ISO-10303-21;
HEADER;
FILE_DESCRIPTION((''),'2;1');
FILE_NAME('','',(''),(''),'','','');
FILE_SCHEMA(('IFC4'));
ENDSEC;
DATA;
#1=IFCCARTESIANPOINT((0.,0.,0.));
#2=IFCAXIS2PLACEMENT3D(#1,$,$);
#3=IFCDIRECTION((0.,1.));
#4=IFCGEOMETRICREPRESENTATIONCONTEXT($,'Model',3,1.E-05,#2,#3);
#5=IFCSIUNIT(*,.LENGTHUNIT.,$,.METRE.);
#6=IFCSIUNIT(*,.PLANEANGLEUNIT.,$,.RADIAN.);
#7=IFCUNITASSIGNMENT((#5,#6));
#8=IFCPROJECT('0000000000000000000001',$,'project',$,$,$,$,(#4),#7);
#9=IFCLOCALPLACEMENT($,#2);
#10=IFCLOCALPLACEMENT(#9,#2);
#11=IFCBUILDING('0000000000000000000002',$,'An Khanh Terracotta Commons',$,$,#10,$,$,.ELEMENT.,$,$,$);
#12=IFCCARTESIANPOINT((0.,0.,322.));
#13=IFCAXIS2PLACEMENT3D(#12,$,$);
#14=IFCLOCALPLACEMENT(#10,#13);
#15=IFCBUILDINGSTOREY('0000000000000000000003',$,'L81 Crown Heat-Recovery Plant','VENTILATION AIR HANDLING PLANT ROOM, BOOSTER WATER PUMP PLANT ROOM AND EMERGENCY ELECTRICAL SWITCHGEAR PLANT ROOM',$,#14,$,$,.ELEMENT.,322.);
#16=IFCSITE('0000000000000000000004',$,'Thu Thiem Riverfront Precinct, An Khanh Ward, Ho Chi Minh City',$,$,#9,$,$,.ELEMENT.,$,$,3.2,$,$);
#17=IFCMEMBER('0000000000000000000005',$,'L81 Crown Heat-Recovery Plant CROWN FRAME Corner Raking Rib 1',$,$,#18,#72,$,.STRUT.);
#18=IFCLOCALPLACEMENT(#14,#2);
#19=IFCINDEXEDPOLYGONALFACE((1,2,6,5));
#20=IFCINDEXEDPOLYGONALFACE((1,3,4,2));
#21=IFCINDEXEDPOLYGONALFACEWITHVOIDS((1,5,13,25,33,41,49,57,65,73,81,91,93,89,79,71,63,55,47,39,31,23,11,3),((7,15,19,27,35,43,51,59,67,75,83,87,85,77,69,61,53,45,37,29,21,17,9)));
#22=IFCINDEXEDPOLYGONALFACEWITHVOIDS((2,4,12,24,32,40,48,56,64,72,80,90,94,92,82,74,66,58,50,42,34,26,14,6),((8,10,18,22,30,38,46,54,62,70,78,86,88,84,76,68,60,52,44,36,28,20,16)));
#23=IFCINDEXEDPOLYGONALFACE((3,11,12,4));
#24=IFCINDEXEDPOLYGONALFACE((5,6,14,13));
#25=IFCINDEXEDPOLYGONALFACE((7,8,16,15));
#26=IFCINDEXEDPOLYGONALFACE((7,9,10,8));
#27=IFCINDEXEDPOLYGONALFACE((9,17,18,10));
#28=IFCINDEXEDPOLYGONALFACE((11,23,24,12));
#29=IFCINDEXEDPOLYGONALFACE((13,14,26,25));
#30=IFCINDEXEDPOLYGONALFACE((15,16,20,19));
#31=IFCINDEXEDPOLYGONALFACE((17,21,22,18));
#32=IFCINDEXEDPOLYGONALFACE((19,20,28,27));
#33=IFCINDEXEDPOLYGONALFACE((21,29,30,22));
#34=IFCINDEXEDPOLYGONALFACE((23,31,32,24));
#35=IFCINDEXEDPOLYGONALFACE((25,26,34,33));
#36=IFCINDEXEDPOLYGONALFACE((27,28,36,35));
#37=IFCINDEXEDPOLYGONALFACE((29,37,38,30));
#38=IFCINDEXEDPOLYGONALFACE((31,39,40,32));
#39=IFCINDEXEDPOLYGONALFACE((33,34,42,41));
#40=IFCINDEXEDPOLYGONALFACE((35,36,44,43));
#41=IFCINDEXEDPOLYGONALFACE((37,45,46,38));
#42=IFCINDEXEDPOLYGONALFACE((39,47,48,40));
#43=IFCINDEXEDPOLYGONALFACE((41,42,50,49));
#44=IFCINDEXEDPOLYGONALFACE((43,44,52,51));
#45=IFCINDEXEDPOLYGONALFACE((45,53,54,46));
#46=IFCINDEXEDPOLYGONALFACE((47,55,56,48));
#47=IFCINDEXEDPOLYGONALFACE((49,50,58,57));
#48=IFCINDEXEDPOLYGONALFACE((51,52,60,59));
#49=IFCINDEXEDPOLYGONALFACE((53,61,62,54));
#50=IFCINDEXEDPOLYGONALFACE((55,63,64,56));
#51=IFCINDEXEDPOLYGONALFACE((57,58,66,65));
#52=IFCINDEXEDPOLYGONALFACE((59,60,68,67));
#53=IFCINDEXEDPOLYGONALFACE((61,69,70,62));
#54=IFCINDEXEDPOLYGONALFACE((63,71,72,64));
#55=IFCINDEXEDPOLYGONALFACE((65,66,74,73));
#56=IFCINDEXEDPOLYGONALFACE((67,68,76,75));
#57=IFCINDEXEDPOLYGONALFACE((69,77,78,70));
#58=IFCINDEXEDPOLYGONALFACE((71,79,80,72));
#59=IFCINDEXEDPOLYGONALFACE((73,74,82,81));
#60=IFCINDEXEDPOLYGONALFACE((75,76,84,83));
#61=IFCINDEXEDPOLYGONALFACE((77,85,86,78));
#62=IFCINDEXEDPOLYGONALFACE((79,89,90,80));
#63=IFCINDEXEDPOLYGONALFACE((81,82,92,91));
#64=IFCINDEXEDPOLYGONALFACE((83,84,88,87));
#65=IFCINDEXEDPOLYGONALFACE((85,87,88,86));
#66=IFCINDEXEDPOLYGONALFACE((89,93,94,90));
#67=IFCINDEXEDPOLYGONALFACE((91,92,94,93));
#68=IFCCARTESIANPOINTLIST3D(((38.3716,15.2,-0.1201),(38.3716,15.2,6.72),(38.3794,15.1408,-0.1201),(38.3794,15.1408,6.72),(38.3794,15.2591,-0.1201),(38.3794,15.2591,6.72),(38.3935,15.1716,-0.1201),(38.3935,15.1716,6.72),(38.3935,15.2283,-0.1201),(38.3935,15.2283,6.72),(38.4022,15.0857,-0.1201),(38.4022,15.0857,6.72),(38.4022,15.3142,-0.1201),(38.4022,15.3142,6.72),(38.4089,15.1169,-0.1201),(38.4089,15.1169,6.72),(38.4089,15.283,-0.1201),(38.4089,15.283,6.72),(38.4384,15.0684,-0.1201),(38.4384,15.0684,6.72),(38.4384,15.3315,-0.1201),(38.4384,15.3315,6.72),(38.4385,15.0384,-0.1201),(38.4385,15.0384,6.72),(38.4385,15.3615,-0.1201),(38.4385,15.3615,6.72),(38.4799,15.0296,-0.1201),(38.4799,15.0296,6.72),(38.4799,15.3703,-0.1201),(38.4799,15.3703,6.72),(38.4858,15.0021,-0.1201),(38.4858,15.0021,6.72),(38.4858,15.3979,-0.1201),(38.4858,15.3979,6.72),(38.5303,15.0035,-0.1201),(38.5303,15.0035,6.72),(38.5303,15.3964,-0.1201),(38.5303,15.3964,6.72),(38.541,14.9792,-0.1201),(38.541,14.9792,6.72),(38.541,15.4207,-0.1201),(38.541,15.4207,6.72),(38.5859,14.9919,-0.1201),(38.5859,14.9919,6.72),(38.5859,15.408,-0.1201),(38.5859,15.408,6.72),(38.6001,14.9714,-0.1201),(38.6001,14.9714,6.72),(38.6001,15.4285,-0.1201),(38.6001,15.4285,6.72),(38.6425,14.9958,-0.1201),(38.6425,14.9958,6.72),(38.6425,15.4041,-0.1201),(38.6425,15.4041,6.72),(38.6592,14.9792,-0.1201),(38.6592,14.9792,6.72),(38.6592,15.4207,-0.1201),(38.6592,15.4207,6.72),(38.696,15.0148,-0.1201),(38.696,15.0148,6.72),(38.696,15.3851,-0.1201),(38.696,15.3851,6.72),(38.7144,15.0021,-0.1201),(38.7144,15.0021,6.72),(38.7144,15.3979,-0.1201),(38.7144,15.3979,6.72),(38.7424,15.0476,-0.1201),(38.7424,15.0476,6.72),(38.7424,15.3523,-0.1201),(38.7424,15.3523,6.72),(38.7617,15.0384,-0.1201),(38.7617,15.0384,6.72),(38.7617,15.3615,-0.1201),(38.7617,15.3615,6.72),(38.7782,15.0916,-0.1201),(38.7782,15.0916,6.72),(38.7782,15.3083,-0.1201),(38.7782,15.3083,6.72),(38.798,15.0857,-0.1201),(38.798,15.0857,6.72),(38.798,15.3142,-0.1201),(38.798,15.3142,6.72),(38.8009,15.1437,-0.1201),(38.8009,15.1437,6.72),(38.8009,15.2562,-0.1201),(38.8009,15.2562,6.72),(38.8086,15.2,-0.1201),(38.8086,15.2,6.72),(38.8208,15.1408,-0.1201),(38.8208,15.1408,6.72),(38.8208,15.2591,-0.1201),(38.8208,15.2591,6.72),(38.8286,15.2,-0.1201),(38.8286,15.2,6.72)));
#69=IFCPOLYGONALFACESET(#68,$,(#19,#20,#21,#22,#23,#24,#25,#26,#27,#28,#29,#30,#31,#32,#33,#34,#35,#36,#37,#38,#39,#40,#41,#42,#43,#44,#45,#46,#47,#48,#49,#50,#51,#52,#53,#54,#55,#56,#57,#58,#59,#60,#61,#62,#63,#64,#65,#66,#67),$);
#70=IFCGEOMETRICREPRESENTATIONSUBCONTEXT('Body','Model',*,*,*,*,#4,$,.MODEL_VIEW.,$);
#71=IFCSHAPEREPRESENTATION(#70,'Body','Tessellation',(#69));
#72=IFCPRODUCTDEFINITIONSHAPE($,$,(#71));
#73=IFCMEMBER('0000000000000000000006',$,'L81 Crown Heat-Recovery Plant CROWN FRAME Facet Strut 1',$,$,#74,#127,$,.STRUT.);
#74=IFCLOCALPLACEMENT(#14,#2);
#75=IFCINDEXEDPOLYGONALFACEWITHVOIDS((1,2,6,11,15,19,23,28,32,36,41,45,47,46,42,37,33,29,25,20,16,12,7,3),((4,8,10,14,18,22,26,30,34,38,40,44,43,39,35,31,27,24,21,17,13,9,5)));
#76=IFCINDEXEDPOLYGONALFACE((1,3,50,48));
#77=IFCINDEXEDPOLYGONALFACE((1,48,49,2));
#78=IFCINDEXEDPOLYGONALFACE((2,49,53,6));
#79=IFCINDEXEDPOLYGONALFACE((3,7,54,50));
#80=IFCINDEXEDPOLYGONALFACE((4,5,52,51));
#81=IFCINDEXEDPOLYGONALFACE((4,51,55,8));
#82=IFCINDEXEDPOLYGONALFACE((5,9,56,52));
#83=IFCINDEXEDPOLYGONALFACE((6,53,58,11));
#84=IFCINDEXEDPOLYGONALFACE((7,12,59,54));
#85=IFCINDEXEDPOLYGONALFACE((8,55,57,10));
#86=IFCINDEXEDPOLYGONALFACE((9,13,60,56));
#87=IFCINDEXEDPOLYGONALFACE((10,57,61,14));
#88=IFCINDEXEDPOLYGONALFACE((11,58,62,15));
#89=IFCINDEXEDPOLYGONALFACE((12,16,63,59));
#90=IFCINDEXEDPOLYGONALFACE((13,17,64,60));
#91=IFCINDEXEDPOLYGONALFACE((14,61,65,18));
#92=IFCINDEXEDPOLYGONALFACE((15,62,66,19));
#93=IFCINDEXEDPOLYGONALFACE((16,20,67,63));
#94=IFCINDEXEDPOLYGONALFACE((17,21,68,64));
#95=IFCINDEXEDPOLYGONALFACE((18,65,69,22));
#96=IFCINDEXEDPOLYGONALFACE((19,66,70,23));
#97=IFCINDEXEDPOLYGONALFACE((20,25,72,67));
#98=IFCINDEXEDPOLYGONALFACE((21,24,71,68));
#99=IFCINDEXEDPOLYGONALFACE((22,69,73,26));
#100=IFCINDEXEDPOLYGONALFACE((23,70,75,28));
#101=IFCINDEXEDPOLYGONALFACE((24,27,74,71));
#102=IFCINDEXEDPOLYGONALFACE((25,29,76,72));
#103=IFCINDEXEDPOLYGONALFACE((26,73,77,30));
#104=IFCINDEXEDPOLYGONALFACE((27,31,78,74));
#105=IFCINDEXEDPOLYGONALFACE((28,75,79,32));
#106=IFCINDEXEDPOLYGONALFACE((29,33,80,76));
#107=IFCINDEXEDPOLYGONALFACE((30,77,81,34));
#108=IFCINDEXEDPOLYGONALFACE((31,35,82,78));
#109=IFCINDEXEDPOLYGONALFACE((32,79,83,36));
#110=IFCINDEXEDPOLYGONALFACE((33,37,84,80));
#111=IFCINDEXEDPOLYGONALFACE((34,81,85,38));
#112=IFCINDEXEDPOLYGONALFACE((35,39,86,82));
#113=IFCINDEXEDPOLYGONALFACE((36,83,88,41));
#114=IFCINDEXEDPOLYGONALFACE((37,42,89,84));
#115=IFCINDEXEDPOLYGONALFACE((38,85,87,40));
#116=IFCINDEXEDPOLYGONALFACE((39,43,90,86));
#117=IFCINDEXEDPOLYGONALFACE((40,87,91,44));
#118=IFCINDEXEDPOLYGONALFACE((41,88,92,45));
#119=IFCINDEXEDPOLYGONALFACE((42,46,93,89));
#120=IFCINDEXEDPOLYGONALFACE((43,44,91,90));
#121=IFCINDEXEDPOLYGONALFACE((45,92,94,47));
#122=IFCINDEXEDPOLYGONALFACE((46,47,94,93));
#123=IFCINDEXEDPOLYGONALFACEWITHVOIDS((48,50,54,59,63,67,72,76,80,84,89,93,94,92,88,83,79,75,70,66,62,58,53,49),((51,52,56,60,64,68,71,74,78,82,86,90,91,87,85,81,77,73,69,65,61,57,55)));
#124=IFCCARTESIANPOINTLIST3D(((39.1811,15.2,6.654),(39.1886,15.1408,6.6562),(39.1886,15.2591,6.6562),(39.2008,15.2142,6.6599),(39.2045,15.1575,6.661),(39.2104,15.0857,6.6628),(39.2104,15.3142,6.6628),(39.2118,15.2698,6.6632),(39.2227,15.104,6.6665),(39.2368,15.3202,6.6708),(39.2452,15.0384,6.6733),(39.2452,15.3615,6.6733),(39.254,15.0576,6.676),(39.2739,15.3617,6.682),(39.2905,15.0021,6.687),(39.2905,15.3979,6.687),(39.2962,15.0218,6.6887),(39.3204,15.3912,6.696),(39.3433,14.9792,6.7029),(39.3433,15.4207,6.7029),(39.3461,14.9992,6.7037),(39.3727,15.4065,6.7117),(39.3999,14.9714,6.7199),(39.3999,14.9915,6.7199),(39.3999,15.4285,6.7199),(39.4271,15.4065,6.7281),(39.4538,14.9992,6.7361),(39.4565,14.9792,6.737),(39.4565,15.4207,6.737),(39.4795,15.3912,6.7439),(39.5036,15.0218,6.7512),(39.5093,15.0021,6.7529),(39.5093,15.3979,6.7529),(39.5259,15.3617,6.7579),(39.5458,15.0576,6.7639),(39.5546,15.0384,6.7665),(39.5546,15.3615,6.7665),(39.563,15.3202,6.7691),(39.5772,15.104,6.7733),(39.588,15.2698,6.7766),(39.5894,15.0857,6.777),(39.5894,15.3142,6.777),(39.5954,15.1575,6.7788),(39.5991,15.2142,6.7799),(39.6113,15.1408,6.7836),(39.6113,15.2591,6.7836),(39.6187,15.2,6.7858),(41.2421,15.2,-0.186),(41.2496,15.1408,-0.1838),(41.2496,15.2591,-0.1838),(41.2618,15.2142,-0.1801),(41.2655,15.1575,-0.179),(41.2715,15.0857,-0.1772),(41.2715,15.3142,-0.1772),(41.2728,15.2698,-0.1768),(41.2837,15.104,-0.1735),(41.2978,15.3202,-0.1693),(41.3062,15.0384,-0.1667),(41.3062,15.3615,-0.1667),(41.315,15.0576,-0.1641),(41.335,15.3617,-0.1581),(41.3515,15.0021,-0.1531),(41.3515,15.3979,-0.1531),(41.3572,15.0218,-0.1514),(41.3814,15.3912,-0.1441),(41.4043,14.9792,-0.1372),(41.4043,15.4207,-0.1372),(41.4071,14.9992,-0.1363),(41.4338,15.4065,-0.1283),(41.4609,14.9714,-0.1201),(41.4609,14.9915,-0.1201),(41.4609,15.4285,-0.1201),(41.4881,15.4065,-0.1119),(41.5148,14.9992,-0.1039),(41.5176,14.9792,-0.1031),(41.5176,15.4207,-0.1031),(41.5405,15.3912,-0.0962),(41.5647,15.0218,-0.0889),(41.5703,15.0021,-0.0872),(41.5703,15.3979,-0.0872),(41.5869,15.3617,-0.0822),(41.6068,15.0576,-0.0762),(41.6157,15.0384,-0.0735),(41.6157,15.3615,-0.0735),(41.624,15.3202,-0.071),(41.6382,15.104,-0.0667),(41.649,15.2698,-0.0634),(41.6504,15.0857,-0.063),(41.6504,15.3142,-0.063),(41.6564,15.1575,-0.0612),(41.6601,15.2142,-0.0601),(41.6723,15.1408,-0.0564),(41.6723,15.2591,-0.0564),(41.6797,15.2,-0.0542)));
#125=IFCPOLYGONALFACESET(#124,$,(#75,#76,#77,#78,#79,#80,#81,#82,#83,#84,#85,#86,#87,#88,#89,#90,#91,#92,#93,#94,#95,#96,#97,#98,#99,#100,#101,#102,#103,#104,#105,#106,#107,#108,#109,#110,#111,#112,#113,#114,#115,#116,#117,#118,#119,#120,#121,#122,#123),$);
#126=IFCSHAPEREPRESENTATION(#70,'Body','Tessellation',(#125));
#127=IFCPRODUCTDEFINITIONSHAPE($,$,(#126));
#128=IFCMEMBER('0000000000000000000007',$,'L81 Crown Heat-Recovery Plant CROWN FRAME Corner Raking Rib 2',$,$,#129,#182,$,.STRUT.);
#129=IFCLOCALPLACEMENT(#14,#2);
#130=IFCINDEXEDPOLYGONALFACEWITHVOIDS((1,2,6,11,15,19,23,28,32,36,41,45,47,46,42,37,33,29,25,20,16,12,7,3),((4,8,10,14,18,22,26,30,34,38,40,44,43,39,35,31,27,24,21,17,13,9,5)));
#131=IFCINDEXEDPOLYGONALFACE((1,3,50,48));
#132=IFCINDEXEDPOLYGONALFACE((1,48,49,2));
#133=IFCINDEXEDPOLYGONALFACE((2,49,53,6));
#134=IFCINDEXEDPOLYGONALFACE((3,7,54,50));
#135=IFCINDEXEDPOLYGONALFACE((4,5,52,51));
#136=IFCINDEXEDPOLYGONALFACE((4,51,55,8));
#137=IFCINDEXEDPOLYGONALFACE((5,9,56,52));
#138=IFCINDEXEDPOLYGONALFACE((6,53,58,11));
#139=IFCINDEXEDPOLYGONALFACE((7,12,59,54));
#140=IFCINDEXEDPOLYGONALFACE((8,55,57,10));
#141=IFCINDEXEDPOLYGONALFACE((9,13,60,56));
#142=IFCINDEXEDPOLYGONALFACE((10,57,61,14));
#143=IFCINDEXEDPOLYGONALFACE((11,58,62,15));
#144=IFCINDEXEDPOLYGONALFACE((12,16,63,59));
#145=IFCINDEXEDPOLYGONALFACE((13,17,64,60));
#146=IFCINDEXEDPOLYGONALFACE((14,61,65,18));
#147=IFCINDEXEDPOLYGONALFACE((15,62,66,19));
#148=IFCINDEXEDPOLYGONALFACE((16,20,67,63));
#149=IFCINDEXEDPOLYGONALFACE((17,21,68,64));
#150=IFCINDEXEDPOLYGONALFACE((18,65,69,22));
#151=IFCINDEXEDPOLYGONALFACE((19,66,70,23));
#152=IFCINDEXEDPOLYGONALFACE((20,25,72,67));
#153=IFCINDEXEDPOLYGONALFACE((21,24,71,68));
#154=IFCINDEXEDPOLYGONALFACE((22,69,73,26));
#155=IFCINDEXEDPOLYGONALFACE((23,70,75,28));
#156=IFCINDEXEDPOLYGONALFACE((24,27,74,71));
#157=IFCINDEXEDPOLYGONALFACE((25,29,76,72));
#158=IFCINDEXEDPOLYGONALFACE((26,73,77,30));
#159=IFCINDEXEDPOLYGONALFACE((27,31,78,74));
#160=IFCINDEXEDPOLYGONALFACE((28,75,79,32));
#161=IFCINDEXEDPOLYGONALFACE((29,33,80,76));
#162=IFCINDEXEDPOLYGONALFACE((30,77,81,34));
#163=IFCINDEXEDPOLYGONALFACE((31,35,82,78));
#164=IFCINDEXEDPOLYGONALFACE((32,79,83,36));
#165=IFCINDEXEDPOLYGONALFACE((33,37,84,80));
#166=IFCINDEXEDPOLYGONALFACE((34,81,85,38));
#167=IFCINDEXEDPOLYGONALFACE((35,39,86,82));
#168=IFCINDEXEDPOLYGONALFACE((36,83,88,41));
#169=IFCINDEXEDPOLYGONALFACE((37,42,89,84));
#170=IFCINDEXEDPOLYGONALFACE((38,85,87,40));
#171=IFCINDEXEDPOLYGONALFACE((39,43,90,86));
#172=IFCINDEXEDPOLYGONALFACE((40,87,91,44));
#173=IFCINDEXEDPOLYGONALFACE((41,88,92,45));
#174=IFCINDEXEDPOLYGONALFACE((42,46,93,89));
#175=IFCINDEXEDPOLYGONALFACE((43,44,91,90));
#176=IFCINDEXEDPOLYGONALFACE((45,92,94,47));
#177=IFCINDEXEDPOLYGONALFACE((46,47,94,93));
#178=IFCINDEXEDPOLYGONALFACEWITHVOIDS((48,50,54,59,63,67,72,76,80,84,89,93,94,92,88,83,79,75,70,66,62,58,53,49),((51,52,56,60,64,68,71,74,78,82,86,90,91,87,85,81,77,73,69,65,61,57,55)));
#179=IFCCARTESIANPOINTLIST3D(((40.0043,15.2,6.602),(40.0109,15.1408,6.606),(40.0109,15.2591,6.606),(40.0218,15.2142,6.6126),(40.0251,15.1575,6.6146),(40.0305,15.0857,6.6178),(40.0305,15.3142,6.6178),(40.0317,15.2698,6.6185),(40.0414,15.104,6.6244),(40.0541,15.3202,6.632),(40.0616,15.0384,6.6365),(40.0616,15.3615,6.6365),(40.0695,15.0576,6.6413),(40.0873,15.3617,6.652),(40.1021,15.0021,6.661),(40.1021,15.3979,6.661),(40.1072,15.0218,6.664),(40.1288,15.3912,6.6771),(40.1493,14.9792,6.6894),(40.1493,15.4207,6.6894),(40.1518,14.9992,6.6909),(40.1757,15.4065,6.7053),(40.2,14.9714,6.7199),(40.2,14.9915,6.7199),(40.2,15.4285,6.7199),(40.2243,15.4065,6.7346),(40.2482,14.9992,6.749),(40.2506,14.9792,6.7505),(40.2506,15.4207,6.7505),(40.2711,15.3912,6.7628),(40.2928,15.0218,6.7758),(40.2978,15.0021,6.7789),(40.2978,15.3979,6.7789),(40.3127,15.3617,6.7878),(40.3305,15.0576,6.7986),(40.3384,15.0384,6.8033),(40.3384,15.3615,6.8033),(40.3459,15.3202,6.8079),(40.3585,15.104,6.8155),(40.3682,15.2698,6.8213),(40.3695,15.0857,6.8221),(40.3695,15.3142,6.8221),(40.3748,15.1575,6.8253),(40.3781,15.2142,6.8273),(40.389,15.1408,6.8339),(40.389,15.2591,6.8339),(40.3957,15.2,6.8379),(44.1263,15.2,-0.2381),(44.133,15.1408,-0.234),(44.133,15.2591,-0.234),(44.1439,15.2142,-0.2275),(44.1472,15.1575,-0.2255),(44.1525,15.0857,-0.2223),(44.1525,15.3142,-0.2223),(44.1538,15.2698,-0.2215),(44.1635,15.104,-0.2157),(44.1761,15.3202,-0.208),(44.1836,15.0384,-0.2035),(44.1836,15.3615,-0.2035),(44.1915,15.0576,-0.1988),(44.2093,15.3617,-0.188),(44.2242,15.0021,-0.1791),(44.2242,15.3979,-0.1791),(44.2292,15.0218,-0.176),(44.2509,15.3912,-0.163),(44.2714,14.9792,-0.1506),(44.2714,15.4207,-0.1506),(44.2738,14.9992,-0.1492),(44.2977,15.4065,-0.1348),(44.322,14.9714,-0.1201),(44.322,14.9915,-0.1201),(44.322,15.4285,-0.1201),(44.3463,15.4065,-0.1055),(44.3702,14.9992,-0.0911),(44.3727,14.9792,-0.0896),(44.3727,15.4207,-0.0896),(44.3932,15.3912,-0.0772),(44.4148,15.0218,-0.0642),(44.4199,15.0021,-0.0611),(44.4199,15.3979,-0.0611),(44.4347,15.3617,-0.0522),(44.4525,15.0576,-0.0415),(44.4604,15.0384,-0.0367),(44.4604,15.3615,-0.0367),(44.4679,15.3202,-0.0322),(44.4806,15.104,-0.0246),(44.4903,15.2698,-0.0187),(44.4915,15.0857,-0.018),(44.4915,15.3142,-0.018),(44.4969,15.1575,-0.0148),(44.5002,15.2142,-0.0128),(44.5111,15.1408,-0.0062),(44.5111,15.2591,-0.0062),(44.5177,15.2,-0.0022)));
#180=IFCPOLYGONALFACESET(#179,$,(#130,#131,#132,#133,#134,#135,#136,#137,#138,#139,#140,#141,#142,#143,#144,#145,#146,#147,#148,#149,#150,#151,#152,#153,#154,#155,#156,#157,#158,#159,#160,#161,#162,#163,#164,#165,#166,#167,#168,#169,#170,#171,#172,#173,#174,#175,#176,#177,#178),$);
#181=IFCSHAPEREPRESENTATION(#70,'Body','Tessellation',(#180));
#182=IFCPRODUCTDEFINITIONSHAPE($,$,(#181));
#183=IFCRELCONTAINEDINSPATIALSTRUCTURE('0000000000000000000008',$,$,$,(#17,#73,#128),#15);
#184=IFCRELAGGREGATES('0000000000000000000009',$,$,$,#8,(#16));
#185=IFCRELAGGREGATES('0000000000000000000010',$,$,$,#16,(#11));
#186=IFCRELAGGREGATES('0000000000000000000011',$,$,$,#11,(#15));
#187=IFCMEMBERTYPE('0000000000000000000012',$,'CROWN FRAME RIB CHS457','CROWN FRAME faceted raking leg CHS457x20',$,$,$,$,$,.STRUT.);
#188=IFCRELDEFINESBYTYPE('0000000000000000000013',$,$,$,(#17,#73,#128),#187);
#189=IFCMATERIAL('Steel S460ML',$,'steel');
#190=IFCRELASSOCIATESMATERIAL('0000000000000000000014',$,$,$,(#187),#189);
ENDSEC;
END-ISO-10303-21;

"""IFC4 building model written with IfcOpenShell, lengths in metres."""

from ifc_helpers import new_model, si_unit, direction, frame, origin, origin_2d, place, context, subcontext, project, spatial, hollow_circle, extrude, material, material_profile, profile_set, type_object, element, save


model = new_model("IFC4")

# Units and contexts
model_context = context("Model", 3, precision=1e-05, world=origin(), true_north=direction((0.0, 1.0)))
body_context = subcontext(model_context, "Body", "Model", "MODEL_VIEW")
ifc_project = project(units=[si_unit("LENGTHUNIT", "METRE"), si_unit("PLANEANGLEUNIT", "RADIAN")], contexts=[model_context])

# Site, building, storey
site_placement = place(None, origin())
site = spatial("IfcSite", under=ifc_project, at=site_placement, Name="Thu Thiem Riverfront Precinct, An Khanh Ward, Ho Chi Minh City", CompositionType="ELEMENT", RefElevation=3.2)
building_placement = place(site_placement, origin())
building = spatial("IfcBuilding", under=site, at=building_placement, Name="An Khanh Terracotta Commons", CompositionType="ELEMENT")
storey_placement = place(building_placement, frame((0.0, 0.0, 322.0)))
storey = spatial("IfcBuildingStorey", under=building, at=storey_placement, Name="L81 Crown Heat-Recovery Plant", Description="VENTILATION AIR HANDLING PLANT ROOM, BOOSTER WATER PUMP PLANT ROOM AND EMERGENCY ELECTRICAL SWITCHGEAR PLANT ROOM", CompositionType="ELEMENT", Elevation=322.0)

# Members
ifc_material_1 = material(Name="Steel S460ML", Category="steel")
ifc_material_profile_1 = material_profile(ifc_material_1, hollow_circle(Radius=0.2285, WallThickness=0.02, at=origin_2d()), Name="CHS457x20")
ifc_profile_set_1 = profile_set([ifc_material_profile_1], Name="Steel S460ML")
member_type_1 = type_object("IfcMemberType", Name="CROWN FRAME RIB CHS457", Description="CROWN FRAME faceted raking leg CHS457x20", PredefinedType="STRUT", material=ifc_profile_set_1)
member_1_placement = place(storey_placement, frame((38.6001, 15.2, -0.1201), z_axis=(0.0, 0.0, 1.0), x_axis=(1.0, 0.0, 0.0)))
element("IfcMember", 1, at=member_1_placement, inside=storey, type_object=member_type_1, Name="L81 Crown Heat-Recovery Plant CROWN FRAME Corner Raking Rib 1", PredefinedType="STRUT", context=body_context, shape_type="SweptSolid", body=[
    extrude(hollow_circle(Radius=0.2285, WallThickness=0.02, at=origin_2d()), origin(), (0.0, 0.0, 1.0), 6.8401),
])
member_2_placement = place(storey_placement, frame((41.4609, 15.2, -0.1201), z_axis=(-0.288505, 0.0, 0.957479), x_axis=(0.0, -1.0, 0.0)))
element("IfcMember", 2, at=member_2_placement, inside=storey, type_object=member_type_1, Name="L81 Crown Heat-Recovery Plant CROWN FRAME Facet Strut 1", PredefinedType="STRUT", context=body_context, shape_type="SweptSolid", body=[
    extrude(hollow_circle(Radius=0.2285, WallThickness=0.02, at=origin_2d()), origin(), (0.0, 0.0, 1.0), 7.1438),
])
member_3_placement = place(storey_placement, frame((44.322, 15.2, -0.1201), z_axis=(-0.516154, 0.0, 0.856496), x_axis=(0.0, -1.0, 0.0)))
element("IfcMember", 3, at=member_3_placement, inside=storey, type_object=member_type_1, Name="L81 Crown Heat-Recovery Plant CROWN FRAME Corner Raking Rib 2", PredefinedType="STRUT", context=body_context, shape_type="SweptSolid", body=[
    extrude(hollow_circle(Radius=0.2285, WallThickness=0.02, at=origin_2d()), origin(), (0.0, 0.0, 1.0), 7.9861),
])

save(model, "model.ifc")
